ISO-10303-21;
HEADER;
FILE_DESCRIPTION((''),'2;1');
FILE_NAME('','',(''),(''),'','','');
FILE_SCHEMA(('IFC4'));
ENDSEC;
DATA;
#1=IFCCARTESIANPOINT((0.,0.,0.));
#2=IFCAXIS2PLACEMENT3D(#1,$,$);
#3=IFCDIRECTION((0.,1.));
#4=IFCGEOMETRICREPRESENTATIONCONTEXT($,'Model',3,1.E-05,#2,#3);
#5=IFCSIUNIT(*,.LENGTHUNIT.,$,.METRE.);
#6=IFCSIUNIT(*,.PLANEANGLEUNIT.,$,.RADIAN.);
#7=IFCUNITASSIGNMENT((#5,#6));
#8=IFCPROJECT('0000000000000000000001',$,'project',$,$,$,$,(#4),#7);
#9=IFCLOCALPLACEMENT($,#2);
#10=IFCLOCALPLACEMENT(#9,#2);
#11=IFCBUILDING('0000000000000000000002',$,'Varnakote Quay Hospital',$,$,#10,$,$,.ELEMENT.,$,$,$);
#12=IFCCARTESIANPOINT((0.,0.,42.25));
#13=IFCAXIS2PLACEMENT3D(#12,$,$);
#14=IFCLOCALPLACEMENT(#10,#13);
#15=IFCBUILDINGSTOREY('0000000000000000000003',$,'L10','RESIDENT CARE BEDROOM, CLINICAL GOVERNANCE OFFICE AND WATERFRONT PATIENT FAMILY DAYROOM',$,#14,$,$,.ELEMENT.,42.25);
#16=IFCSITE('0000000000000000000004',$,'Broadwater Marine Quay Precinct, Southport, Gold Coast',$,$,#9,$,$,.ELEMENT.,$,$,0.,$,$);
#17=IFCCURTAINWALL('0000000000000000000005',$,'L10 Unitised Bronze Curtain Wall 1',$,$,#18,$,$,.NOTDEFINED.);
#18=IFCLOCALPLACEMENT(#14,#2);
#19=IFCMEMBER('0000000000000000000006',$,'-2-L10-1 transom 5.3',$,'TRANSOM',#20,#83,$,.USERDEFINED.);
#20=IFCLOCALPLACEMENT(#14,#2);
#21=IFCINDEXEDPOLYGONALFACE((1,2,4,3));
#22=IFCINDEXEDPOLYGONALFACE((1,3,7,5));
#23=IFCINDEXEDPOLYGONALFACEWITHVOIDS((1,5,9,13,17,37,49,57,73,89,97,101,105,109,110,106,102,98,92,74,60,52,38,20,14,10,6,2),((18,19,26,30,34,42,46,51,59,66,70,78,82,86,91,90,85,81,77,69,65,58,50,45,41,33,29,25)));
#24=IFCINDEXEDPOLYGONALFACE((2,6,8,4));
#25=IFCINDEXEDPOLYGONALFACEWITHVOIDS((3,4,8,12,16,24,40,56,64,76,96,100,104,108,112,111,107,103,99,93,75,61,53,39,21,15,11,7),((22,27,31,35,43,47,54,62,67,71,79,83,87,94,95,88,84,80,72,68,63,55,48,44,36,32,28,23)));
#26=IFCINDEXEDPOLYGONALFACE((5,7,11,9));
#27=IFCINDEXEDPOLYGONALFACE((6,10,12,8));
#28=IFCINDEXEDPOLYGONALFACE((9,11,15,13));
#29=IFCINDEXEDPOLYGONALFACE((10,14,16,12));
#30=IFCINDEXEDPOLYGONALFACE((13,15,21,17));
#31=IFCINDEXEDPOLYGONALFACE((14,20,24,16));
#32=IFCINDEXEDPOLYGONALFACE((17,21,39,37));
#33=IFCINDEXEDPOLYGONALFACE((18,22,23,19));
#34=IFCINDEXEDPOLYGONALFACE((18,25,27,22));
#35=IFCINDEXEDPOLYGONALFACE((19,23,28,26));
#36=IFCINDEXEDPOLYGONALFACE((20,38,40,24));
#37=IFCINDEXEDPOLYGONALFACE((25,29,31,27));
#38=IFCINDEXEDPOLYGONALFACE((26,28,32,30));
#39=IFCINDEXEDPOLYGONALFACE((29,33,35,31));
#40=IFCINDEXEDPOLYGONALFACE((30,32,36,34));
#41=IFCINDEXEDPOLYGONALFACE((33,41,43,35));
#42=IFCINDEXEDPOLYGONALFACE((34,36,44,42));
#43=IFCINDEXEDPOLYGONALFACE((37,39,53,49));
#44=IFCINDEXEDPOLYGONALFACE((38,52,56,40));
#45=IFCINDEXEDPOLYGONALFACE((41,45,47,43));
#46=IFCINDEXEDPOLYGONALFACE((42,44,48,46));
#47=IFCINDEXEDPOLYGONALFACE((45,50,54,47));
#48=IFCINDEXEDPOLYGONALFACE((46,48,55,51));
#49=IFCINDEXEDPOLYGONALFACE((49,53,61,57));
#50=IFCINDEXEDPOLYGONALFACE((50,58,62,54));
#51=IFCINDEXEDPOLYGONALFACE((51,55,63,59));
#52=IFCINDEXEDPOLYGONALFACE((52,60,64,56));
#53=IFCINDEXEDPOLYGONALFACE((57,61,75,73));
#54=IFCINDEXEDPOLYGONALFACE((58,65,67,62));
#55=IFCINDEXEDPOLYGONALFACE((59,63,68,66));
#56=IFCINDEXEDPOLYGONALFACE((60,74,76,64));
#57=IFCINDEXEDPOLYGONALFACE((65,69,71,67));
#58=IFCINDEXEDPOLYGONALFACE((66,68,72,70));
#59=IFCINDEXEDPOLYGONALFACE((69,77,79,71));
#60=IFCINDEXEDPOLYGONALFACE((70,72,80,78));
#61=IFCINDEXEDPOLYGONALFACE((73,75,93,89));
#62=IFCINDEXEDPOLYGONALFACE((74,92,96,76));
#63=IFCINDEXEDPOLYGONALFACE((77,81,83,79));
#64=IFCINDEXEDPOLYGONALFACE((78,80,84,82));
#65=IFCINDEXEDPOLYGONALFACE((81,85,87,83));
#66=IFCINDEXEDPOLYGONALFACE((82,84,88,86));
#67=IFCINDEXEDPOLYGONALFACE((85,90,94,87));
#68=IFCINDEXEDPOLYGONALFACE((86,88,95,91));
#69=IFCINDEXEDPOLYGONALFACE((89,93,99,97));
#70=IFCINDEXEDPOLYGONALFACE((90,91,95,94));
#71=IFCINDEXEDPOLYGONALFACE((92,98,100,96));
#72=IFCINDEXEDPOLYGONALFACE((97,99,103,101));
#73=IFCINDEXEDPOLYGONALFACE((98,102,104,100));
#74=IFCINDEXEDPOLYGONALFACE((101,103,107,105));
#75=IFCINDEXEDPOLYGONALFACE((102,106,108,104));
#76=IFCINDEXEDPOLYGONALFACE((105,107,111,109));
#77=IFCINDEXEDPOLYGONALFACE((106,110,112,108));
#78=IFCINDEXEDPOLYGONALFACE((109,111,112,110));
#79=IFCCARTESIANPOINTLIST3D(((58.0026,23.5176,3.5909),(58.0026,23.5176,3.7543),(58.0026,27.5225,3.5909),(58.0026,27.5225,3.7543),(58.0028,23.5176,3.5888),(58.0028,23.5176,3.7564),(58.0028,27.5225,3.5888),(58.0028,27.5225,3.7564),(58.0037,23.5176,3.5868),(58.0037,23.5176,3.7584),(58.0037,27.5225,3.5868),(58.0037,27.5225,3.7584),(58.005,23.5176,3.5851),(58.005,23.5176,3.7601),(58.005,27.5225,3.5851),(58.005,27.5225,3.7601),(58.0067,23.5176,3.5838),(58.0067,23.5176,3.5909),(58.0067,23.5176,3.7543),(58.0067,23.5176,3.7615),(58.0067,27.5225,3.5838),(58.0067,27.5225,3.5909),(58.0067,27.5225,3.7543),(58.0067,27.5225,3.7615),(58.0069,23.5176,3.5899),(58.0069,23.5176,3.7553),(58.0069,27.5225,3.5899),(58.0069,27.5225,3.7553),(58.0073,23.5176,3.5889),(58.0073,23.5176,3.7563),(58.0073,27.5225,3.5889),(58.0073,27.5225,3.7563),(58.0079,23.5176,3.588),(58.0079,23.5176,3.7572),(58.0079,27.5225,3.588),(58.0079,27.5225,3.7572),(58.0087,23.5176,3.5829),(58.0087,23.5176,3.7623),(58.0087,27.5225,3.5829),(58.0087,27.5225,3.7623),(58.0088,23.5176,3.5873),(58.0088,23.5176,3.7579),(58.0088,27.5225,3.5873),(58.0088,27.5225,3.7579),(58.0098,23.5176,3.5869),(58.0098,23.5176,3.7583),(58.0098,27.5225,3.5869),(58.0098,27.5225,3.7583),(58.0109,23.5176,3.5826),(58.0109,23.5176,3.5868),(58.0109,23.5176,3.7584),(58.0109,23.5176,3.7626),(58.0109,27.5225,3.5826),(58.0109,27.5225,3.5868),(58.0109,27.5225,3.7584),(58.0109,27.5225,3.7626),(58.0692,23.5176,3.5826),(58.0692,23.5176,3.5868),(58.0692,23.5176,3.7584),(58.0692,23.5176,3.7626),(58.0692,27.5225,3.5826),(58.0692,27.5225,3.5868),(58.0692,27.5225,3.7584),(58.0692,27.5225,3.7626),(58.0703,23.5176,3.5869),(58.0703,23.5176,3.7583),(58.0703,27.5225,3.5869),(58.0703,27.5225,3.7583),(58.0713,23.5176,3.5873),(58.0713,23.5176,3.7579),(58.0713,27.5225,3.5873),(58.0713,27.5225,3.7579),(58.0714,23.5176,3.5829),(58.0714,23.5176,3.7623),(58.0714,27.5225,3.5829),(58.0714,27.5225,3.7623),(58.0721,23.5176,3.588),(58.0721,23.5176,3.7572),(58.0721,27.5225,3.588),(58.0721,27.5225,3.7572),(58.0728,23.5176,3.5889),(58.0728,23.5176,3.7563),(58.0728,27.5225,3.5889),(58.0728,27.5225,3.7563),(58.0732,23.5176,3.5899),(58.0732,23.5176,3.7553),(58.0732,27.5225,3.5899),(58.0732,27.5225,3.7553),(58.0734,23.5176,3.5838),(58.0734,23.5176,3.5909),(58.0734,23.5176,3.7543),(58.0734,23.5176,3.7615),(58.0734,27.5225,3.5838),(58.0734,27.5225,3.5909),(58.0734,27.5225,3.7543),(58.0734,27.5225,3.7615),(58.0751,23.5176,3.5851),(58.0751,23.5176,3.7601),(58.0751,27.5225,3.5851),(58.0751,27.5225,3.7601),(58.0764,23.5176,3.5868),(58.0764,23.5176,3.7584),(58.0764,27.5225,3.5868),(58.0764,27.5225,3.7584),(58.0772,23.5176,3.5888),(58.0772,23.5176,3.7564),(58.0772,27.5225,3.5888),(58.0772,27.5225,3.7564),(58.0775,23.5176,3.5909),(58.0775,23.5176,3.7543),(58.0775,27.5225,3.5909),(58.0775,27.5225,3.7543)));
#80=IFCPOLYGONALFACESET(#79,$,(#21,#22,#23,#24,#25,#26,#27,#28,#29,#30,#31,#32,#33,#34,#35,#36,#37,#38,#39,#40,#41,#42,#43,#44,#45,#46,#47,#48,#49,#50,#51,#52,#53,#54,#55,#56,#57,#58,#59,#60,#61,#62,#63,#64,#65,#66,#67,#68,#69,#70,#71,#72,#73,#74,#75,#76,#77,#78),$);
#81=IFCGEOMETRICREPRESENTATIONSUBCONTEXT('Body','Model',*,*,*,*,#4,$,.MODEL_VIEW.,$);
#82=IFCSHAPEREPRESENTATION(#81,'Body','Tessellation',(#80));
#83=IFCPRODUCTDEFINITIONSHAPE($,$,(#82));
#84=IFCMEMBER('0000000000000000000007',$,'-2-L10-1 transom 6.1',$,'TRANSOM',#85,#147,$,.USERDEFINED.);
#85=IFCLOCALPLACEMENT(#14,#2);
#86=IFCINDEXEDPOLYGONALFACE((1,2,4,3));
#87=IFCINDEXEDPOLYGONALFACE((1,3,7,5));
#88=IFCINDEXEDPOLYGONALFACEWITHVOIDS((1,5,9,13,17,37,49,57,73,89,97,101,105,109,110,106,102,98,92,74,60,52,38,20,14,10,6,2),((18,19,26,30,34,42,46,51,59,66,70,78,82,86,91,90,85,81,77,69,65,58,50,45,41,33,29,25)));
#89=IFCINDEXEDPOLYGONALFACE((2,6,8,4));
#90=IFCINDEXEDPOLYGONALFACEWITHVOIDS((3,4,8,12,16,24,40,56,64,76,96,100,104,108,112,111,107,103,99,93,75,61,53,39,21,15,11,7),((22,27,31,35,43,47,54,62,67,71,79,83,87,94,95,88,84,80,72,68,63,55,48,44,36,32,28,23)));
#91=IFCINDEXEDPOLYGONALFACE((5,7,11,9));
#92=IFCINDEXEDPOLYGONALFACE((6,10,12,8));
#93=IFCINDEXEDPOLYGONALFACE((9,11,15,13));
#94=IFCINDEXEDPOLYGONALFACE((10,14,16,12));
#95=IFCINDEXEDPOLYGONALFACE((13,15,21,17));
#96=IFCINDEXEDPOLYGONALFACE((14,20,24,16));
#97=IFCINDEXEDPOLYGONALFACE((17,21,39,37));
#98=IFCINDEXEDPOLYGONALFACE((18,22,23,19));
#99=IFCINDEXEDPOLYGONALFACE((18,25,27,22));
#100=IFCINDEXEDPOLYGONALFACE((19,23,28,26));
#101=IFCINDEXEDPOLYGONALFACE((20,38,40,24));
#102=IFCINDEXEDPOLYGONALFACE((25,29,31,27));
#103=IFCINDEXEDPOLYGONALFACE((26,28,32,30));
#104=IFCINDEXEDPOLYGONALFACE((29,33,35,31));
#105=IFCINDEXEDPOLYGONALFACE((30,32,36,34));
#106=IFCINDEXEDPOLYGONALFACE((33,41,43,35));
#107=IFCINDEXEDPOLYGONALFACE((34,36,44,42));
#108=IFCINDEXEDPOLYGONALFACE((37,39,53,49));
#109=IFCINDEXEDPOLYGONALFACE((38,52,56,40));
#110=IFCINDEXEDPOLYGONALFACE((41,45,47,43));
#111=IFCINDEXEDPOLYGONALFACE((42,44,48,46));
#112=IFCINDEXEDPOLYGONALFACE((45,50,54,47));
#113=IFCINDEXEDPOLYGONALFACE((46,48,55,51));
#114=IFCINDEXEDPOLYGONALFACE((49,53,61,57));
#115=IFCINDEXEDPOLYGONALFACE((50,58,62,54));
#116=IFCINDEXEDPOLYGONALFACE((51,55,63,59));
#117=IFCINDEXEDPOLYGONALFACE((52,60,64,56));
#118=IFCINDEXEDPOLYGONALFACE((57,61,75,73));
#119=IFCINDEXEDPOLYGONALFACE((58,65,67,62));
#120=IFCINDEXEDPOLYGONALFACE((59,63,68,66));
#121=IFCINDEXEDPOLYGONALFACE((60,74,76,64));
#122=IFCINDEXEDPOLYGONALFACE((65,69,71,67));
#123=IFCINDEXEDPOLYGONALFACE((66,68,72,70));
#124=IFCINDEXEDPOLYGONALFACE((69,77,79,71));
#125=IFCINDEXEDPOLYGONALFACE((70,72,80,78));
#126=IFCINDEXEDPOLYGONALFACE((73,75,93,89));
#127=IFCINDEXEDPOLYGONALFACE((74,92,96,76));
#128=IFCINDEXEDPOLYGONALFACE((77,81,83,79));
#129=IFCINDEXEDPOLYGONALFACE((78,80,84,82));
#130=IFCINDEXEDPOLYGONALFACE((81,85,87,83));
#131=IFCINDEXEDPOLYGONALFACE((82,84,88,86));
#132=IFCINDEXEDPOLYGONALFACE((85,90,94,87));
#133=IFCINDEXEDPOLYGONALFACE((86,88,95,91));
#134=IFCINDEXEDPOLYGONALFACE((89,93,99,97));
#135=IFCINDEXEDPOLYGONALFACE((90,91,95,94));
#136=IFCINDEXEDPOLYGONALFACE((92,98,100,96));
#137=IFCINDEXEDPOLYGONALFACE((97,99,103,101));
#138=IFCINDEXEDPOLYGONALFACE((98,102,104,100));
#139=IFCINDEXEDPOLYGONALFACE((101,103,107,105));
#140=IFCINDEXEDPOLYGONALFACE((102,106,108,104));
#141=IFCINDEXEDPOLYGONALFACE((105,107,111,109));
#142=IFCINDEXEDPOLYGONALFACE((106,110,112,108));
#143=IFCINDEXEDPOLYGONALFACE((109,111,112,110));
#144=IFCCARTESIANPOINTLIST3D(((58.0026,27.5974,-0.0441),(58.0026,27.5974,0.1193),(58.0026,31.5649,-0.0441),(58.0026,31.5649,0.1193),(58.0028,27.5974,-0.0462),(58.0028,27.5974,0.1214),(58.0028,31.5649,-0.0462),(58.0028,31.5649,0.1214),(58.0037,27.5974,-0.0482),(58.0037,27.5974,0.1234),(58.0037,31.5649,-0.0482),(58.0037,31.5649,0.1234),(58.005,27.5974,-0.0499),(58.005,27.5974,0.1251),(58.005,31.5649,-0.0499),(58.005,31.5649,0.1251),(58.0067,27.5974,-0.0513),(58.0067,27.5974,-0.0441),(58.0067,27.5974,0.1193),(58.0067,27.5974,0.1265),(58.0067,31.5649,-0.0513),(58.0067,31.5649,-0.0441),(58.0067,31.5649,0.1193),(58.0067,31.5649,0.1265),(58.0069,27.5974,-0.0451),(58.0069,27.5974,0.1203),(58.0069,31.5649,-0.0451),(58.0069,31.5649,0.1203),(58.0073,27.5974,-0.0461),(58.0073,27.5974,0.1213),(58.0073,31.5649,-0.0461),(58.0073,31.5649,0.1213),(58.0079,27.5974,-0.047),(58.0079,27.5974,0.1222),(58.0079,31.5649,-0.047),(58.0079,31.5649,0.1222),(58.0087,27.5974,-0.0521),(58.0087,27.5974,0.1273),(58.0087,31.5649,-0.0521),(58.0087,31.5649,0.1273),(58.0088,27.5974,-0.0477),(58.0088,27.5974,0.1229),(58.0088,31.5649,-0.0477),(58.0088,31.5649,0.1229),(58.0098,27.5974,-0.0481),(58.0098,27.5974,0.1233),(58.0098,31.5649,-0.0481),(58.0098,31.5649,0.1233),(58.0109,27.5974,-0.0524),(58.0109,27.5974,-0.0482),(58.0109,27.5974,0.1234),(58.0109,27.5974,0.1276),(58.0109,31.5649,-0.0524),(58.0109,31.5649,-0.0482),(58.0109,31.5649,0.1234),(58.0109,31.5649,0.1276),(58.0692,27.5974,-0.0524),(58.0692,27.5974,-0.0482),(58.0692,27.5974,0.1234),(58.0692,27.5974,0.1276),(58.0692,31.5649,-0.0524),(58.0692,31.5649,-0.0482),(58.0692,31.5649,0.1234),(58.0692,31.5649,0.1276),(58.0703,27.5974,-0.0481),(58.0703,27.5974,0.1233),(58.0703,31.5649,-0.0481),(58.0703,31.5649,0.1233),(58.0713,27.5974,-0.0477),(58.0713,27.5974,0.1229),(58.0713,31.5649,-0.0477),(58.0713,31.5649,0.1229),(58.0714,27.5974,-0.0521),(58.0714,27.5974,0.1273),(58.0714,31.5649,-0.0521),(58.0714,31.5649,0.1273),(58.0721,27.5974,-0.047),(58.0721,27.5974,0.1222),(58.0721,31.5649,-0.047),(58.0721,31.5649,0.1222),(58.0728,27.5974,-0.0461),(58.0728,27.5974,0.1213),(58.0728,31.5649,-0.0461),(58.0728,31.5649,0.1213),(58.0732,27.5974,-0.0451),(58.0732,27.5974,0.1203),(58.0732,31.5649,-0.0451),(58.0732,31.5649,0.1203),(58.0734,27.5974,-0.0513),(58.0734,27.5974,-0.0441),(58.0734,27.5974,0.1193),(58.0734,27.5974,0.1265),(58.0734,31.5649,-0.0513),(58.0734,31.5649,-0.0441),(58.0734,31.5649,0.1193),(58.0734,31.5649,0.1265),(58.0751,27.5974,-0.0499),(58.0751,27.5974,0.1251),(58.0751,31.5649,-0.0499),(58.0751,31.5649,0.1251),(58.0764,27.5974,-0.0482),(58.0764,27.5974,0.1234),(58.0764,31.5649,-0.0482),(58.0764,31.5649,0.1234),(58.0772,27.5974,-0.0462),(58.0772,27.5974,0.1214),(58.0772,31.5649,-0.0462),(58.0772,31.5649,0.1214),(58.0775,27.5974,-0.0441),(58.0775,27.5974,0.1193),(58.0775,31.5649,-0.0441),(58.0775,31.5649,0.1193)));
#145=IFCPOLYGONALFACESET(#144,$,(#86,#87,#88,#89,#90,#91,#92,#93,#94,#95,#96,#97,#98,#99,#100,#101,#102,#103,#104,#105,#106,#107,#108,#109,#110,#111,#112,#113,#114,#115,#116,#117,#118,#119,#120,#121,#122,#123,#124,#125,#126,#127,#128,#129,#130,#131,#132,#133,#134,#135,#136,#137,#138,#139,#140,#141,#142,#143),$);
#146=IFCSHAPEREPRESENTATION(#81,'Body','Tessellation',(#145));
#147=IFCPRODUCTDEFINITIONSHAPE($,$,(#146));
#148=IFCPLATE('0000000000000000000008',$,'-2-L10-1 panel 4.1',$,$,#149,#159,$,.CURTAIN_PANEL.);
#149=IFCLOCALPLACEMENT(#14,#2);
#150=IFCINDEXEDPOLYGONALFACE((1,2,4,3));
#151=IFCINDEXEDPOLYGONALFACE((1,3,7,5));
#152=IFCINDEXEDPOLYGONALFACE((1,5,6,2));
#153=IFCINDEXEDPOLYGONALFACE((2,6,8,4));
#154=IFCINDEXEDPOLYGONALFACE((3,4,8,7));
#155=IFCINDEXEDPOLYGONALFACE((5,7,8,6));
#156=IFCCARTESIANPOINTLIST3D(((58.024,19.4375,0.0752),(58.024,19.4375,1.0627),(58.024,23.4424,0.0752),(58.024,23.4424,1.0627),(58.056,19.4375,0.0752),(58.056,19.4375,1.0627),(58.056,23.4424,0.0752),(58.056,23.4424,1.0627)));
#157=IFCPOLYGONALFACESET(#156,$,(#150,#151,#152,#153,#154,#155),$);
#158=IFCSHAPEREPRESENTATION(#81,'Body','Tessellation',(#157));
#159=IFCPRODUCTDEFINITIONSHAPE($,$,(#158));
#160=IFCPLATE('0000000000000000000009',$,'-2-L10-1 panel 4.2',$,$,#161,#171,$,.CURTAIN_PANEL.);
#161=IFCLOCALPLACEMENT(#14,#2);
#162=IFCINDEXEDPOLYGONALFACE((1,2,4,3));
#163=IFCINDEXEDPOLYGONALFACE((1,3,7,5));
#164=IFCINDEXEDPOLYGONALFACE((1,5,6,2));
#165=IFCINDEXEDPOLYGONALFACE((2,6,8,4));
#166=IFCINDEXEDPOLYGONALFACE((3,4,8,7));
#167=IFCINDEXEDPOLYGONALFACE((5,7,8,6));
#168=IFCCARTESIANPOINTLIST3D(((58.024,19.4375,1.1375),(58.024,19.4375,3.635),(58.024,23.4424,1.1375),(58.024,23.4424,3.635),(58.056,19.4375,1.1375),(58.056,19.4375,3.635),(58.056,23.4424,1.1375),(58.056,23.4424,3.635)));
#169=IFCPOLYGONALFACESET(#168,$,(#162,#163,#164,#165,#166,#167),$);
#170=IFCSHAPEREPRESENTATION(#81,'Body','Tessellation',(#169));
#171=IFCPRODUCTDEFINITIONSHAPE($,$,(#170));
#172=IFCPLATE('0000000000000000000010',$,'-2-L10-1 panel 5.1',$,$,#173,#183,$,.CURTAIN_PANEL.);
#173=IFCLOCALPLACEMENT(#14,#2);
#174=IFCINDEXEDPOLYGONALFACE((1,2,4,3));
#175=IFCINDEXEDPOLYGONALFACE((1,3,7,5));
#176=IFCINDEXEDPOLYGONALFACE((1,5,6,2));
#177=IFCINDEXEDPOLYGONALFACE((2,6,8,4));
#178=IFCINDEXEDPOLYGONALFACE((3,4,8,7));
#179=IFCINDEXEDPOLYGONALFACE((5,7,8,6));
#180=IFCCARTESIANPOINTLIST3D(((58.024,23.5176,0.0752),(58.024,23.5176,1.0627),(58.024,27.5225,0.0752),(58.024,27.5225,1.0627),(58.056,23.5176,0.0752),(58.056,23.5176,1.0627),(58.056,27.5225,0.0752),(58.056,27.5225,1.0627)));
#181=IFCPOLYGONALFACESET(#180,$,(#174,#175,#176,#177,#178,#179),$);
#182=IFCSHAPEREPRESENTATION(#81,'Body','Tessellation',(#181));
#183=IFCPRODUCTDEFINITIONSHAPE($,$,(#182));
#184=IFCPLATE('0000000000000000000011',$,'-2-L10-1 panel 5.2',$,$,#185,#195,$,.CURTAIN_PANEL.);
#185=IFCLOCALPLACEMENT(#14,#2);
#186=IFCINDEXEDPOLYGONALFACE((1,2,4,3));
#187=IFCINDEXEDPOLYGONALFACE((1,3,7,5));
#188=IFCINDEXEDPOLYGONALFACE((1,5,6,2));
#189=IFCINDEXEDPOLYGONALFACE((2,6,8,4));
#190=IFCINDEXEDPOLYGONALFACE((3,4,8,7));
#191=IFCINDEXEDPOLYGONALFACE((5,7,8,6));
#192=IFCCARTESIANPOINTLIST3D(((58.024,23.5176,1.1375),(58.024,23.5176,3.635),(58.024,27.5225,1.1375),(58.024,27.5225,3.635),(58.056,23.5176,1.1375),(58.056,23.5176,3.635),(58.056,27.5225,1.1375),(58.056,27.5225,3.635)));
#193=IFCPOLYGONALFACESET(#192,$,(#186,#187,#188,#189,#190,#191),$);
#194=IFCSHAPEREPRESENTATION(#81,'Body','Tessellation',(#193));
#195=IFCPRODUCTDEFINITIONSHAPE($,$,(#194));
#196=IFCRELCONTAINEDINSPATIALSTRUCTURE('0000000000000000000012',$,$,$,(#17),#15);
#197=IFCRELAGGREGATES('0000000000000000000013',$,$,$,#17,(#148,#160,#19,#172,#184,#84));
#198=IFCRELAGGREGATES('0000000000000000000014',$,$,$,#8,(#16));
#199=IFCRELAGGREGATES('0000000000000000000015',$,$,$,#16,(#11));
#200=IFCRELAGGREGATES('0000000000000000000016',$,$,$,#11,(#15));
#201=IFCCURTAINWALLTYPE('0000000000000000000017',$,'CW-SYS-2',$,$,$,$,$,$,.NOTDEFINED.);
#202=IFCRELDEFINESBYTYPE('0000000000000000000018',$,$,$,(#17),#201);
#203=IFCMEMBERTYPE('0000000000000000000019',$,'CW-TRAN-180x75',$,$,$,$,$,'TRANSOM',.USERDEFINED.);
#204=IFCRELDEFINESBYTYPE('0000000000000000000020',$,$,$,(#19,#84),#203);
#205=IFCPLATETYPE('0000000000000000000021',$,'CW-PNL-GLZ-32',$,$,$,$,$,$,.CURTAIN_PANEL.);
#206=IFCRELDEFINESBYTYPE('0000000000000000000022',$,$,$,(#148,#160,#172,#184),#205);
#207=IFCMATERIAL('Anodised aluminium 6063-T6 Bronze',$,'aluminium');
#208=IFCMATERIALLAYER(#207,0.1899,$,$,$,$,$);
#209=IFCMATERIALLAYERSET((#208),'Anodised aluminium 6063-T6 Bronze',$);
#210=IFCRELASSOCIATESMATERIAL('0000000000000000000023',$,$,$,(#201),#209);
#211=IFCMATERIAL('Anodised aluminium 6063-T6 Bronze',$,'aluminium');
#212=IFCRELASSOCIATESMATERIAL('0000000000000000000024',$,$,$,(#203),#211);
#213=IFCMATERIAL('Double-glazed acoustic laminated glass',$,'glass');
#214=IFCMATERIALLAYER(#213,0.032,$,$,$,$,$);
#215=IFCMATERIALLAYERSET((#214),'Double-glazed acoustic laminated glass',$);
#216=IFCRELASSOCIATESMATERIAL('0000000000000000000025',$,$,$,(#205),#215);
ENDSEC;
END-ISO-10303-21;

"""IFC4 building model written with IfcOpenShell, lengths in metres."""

from ifc_helpers import new_model, si_unit, direction, frame, origin, origin_2d, place, context, subcontext, project, spatial, rectangle, hollow_rectangle, extrude, material, layer, layer_set, material_profile, profile_set, type_object, element, aggregate, save


model = new_model("IFC4")

# Units and contexts
model_context = context("Model", 3, precision=1e-05, world=origin(), true_north=direction((0.0, 1.0)))
body_context = subcontext(model_context, "Body", "Model", "MODEL_VIEW")
ifc_project = project(units=[si_unit("LENGTHUNIT", "METRE"), si_unit("PLANEANGLEUNIT", "RADIAN")], contexts=[model_context])

# Site, building, storey
site_placement = place(None, origin())
site = spatial("IfcSite", under=ifc_project, at=site_placement, Name="Broadwater Marine Quay Precinct, Southport, Gold Coast", CompositionType="ELEMENT", RefElevation=0.0)
building_placement = place(site_placement, origin())
building = spatial("IfcBuilding", under=site, at=building_placement, Name="Varnakote Quay Hospital", CompositionType="ELEMENT")
storey_placement = place(building_placement, frame((0.0, 0.0, 42.25)))
storey = spatial("IfcBuildingStorey", under=building, at=storey_placement, Name="L10", Description="RESIDENT CARE BEDROOM, CLINICAL GOVERNANCE OFFICE AND WATERFRONT PATIENT FAMILY DAYROOM", CompositionType="ELEMENT", Elevation=42.25)

# Curtain wall, members, plates
ifc_material_1 = material(Name="Anodised aluminium 6063-T6 Bronze", Category="aluminium")
ifc_layer_1 = layer(ifc_material_1, 0.1899)
ifc_layer_set_1 = layer_set([ifc_layer_1], Name="Anodised aluminium 6063-T6 Bronze")
curtain_wall_type = type_object("IfcCurtainWallType", Name="CW-SYS-2", PredefinedType="NOTDEFINED", material=ifc_layer_set_1)
curtain_wall_placement = place(storey_placement, origin())
curtain_wall = element("IfcCurtainWall", 1, at=curtain_wall_placement, inside=storey, type_object=curtain_wall_type, Name="L10 Unitised Bronze Curtain Wall 1", PredefinedType="NOTDEFINED")
ifc_material_2 = material(Name="Anodised aluminium 6063-T6 Bronze", Category="aluminium")
ifc_material_profile_1 = material_profile(ifc_material_2, hollow_rectangle(XDim=0.075, YDim=0.1799, WallThickness=0.0042, InnerFilletRadius=0.0042, OuterFilletRadius=0.0083, at=origin_2d()), Name="CW-TRAN-180x75")
ifc_profile_set_1 = profile_set([ifc_material_profile_1], Name="Anodised aluminium 6063-T6 Bronze")
member_type_1 = type_object("IfcMemberType", Name="CW-TRAN-180x75", ElementType="TRANSOM", PredefinedType="USERDEFINED", material=ifc_profile_set_1)
member_1_placement = place(storey_placement, frame((58.04, 23.5176, 3.6726), z_axis=(0.0, 1.0, 0.0), x_axis=(-1.0, 0.0, 0.0)))
member_1 = element("IfcMember", 2, at=member_1_placement, type_object=member_type_1, Name="-2-L10-1 transom 5.3", ObjectType="TRANSOM", PredefinedType="USERDEFINED", context=body_context, shape_type="SweptSolid", body=[
    extrude(hollow_rectangle(XDim=0.075, YDim=0.1799, WallThickness=0.0042, InnerFilletRadius=0.0042, OuterFilletRadius=0.0083, at=origin_2d()), origin(), (0.0, 0.0, 1.0), 4.0049),
])
member_2_placement = place(storey_placement, frame((58.04, 27.5974, 0.0376), z_axis=(0.0, 1.0, 0.0), x_axis=(-1.0, 0.0, 0.0)))
member_2 = element("IfcMember", 3, at=member_2_placement, type_object=member_type_1, Name="-2-L10-1 transom 6.1", ObjectType="TRANSOM", PredefinedType="USERDEFINED", context=body_context, shape_type="SweptSolid", body=[
    extrude(hollow_rectangle(XDim=0.075, YDim=0.1799, WallThickness=0.0042, InnerFilletRadius=0.0042, OuterFilletRadius=0.0083, at=origin_2d()), origin(), (0.0, 0.0, 1.0), 3.9675),
])
ifc_material_3 = material(Name="Double-glazed acoustic laminated glass", Category="glass")
ifc_layer_2 = layer(ifc_material_3, 0.032)
ifc_layer_set_2 = layer_set([ifc_layer_2], Name="Double-glazed acoustic laminated glass")
plate_type = type_object("IfcPlateType", Name="CW-PNL-GLZ-32", PredefinedType="CURTAIN_PANEL", material=ifc_layer_set_2)
plate_1_placement = place(storey_placement, frame((58.04, 21.4399, 0.0752), z_axis=(0.0, 0.0, 1.0), x_axis=(0.0, 1.0, 0.0)))
plate_1 = element("IfcPlate", 4, at=plate_1_placement, type_object=plate_type, Name="-2-L10-1 panel 4.1", PredefinedType="CURTAIN_PANEL", context=body_context, shape_type="SweptSolid", body=[
    extrude(rectangle(XDim=4.0049, YDim=0.032, at=origin_2d()), origin(), (0.0, 0.0, 1.0), 0.9875),
])
plate_2_placement = place(storey_placement, frame((58.04, 21.4399, 1.1375), z_axis=(0.0, 0.0, 1.0), x_axis=(0.0, 1.0, 0.0)))
plate_2 = element("IfcPlate", 5, at=plate_2_placement, type_object=plate_type, Name="-2-L10-1 panel 4.2", PredefinedType="CURTAIN_PANEL", context=body_context, shape_type="SweptSolid", body=[
    extrude(rectangle(XDim=4.0049, YDim=0.032, at=origin_2d()), origin(), (0.0, 0.0, 1.0), 2.4976),
])
plate_3_placement = place(storey_placement, frame((58.04, 25.52, 0.0752), z_axis=(0.0, 0.0, 1.0), x_axis=(0.0, 1.0, 0.0)))
plate_3 = element("IfcPlate", 6, at=plate_3_placement, type_object=plate_type, Name="-2-L10-1 panel 5.1", PredefinedType="CURTAIN_PANEL", context=body_context, shape_type="SweptSolid", body=[
    extrude(rectangle(XDim=4.0049, YDim=0.032, at=origin_2d()), origin(), (0.0, 0.0, 1.0), 0.9875),
])
plate_4_placement = place(storey_placement, frame((58.04, 25.52, 1.1375), z_axis=(0.0, 0.0, 1.0), x_axis=(0.0, 1.0, 0.0)))
plate_4 = element("IfcPlate", 7, at=plate_4_placement, type_object=plate_type, Name="-2-L10-1 panel 5.2", PredefinedType="CURTAIN_PANEL", context=body_context, shape_type="SweptSolid", body=[
    extrude(rectangle(XDim=4.0049, YDim=0.032, at=origin_2d()), origin(), (0.0, 0.0, 1.0), 2.4976),
])
aggregate(curtain_wall, [plate_1, plate_2, member_1, plate_3, plate_4, member_2])

save(model, "model.ifc")
